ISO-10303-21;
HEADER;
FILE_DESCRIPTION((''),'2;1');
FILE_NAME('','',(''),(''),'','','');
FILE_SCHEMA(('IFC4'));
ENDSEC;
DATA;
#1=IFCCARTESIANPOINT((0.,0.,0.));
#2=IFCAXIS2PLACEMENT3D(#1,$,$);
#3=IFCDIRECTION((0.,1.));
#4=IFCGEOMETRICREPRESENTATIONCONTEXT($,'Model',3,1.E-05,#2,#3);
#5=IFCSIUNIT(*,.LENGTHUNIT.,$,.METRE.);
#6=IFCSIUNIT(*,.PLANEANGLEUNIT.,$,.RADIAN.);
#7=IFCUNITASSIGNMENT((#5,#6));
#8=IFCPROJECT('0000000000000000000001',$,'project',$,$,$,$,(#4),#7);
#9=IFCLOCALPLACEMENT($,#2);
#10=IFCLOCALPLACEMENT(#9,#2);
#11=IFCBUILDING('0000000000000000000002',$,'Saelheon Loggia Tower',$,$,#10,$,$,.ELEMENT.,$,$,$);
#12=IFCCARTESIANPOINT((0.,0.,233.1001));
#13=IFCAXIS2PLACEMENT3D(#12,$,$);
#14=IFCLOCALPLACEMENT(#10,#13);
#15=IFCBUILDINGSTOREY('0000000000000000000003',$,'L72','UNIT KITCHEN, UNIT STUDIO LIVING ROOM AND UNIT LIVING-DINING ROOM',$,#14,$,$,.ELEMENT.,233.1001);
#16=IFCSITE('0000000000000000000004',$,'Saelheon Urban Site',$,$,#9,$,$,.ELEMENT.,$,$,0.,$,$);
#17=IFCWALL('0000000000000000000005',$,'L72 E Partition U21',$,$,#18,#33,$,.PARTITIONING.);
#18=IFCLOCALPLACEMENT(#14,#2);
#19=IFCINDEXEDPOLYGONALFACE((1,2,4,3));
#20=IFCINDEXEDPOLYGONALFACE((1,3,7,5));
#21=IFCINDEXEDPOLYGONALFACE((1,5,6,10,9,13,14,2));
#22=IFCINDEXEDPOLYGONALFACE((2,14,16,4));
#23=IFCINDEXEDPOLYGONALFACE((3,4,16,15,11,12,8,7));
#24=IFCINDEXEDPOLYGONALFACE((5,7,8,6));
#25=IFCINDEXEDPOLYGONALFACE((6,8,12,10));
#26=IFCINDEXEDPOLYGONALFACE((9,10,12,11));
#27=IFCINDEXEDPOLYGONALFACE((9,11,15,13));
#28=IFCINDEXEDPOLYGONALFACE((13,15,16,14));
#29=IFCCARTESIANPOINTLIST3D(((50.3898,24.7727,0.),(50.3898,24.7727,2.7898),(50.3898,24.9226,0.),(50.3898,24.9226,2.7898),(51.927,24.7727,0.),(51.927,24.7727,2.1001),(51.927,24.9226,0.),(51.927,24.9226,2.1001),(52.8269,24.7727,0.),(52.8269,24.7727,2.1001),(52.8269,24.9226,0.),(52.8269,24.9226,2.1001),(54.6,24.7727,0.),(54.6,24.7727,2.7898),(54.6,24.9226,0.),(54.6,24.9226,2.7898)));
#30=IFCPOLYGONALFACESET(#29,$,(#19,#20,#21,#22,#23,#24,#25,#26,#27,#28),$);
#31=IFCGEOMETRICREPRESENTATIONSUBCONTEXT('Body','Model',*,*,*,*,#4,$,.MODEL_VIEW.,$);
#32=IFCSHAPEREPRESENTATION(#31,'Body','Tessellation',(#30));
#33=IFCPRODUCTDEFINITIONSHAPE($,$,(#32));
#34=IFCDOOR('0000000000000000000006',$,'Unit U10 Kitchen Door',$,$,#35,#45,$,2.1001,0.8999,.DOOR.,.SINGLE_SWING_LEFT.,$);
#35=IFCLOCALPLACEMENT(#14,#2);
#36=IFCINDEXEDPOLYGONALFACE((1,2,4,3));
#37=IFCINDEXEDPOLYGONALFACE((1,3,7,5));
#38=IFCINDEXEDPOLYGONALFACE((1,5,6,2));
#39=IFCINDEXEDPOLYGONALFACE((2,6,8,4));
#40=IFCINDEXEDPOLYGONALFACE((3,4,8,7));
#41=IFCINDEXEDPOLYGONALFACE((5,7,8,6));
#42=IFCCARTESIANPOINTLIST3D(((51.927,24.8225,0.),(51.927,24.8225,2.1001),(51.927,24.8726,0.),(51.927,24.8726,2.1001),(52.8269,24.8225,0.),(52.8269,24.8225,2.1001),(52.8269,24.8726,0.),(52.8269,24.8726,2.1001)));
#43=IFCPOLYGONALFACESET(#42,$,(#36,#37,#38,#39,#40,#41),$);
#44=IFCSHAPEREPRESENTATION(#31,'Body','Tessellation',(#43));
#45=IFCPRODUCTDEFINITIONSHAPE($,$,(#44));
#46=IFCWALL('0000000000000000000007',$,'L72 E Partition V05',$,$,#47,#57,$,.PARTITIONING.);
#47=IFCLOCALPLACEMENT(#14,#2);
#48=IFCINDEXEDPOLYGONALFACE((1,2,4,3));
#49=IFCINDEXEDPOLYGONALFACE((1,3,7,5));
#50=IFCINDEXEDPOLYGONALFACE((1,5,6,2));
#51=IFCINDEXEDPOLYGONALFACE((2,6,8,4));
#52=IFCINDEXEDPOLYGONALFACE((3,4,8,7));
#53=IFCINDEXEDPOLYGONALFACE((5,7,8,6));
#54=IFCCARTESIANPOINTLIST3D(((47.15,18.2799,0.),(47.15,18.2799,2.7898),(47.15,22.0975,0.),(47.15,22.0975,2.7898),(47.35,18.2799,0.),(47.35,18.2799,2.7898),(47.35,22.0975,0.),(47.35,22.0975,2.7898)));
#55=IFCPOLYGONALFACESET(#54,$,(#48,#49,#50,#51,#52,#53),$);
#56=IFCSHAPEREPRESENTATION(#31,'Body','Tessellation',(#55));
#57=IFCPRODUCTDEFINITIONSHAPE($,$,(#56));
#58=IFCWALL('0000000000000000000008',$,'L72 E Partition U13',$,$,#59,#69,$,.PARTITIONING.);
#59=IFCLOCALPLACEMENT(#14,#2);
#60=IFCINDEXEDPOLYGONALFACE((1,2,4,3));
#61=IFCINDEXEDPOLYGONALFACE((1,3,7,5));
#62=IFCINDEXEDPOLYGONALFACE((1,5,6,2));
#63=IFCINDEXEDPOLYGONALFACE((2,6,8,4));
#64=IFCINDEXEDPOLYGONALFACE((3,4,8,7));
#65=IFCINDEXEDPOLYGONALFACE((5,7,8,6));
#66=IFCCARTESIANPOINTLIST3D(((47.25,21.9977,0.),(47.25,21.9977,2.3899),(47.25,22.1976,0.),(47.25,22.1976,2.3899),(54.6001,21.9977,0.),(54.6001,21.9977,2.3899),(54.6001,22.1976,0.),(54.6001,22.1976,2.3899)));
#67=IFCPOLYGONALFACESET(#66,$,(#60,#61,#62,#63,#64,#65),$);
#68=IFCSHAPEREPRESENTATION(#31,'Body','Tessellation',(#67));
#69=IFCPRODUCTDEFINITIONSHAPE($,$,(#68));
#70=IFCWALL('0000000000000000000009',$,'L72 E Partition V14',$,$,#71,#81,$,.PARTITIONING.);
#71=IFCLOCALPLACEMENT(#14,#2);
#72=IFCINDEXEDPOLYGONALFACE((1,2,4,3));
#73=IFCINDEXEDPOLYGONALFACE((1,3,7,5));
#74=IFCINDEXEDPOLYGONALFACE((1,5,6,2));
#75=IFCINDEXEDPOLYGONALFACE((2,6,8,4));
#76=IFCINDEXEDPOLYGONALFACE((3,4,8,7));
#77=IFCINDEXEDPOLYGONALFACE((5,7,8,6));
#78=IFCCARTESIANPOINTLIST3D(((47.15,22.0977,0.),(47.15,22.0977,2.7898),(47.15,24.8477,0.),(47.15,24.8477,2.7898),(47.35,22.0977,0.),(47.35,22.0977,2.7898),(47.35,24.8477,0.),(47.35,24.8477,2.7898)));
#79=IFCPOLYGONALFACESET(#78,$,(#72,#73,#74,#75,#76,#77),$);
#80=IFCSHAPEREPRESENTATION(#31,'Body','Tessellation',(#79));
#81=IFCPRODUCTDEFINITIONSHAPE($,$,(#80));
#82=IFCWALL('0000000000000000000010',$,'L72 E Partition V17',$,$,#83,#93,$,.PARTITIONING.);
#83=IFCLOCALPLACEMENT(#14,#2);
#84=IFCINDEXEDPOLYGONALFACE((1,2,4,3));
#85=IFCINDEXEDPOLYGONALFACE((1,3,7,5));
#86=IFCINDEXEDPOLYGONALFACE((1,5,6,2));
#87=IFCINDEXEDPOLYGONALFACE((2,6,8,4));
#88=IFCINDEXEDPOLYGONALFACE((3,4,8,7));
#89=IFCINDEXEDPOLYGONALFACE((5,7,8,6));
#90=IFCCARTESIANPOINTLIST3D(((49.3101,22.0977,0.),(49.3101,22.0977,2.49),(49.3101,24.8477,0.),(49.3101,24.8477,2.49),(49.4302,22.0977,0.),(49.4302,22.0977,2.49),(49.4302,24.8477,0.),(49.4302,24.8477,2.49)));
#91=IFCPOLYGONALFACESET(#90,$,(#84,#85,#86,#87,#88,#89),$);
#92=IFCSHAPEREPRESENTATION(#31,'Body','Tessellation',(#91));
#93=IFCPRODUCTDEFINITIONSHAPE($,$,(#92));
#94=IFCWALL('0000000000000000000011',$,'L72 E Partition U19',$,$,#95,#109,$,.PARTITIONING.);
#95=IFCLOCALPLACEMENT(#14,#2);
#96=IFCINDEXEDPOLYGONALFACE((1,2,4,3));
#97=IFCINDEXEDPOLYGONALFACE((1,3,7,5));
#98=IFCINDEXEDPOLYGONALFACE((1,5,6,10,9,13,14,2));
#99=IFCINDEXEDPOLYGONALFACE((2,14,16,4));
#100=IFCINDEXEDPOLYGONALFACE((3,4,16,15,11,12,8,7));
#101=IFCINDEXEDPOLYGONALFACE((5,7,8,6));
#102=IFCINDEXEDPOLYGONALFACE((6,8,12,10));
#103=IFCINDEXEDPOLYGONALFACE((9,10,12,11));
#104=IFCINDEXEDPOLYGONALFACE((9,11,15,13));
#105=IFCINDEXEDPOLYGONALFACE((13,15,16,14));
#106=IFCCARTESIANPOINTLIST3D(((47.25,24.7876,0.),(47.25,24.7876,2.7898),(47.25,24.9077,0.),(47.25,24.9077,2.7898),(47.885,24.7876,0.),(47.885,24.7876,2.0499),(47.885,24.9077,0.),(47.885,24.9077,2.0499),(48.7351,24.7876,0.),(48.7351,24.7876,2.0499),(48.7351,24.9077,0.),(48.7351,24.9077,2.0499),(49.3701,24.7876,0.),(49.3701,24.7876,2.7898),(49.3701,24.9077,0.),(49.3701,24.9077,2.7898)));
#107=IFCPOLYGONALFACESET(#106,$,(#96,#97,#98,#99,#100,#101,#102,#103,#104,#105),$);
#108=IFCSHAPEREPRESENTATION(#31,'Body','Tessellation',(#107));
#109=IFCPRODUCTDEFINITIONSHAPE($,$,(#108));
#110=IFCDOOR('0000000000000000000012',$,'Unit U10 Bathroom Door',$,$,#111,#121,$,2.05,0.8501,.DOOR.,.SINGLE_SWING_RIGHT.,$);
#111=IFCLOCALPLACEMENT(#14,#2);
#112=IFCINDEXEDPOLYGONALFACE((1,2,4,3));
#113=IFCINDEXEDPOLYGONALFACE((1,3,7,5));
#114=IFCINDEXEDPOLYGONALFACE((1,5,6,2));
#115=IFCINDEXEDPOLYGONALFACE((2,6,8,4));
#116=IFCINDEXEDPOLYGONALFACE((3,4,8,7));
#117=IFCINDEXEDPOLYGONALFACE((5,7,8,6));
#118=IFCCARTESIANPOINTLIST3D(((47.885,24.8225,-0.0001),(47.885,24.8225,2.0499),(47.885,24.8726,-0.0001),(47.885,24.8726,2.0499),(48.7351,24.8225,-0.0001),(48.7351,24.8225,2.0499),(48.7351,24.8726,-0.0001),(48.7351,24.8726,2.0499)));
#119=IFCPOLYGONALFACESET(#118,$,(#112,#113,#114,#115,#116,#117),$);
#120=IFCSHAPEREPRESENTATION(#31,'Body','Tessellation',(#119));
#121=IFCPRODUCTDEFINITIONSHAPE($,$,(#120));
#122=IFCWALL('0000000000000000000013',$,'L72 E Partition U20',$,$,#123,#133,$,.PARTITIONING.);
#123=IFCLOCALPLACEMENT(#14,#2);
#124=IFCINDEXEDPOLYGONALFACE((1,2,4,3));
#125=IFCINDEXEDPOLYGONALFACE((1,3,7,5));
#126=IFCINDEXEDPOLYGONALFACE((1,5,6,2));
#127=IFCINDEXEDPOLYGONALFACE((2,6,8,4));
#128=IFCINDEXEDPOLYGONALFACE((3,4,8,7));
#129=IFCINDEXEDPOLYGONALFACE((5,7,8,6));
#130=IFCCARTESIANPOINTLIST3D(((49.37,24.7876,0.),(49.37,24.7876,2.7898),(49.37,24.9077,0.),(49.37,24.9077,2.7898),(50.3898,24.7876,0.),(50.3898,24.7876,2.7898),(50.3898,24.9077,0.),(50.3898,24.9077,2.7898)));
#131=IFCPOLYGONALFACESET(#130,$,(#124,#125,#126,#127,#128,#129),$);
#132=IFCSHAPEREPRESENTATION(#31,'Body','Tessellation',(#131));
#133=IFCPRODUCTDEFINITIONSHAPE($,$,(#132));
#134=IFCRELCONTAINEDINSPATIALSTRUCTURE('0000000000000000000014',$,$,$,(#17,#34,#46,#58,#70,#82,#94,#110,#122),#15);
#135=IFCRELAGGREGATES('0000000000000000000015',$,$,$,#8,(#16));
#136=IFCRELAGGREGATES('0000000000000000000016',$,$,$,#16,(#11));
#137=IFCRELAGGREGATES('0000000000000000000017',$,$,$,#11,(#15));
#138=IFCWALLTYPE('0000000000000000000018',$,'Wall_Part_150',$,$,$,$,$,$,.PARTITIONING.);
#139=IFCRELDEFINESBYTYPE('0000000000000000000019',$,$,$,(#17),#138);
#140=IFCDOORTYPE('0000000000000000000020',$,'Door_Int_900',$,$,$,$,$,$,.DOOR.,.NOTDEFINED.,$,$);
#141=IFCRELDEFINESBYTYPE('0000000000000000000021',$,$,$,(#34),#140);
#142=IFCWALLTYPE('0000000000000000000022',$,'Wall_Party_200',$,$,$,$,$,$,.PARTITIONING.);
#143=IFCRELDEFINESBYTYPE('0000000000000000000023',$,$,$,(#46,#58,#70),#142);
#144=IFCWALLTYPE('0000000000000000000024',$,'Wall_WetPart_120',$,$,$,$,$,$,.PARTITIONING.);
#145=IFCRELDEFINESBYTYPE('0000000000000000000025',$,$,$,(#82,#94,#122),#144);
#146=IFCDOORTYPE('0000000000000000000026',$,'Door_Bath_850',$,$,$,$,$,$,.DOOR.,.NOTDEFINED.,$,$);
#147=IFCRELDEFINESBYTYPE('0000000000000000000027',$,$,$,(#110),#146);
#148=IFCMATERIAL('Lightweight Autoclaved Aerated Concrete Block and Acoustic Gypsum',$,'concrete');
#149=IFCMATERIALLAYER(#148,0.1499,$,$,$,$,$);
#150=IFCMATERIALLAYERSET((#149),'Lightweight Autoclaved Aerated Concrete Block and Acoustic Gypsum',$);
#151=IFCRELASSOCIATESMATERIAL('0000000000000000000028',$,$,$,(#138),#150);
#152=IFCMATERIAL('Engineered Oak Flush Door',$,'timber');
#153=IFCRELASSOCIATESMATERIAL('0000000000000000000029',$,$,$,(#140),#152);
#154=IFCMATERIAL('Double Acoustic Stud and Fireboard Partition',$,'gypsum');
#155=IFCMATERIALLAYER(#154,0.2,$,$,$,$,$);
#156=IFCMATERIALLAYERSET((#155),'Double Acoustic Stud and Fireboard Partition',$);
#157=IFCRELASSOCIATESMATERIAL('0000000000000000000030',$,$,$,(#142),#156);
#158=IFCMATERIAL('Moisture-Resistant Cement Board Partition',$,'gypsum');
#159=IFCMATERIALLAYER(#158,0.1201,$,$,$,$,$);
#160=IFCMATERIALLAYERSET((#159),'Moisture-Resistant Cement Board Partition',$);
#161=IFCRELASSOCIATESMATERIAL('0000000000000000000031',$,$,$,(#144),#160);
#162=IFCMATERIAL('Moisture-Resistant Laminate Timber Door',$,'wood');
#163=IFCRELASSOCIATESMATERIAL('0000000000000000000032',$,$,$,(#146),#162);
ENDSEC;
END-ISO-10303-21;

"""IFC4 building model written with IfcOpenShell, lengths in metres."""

from ifc_helpers import new_model, si_unit, direction, frame, frame_2d, origin, place, context, subcontext, project, spatial, rectangle, extrude, source, transform, mapped, material, layer, layer_set, type_object, element, fill, save


model = new_model("IFC4")

# Units and contexts
model_context = context("Model", 3, precision=1e-05, world=origin(), true_north=direction((0.0, 1.0)))
body_context = subcontext(model_context, "Body", "Model", "MODEL_VIEW")
ifc_project = project(units=[si_unit("LENGTHUNIT", "METRE"), si_unit("PLANEANGLEUNIT", "RADIAN")], contexts=[model_context])

# Site, building, storey
site_placement = place(None, origin())
site = spatial("IfcSite", under=ifc_project, at=site_placement, Name="Saelheon Urban Site", CompositionType="ELEMENT", RefElevation=0.0)
building_placement = place(site_placement, origin())
building = spatial("IfcBuilding", under=site, at=building_placement, Name="Saelheon Loggia Tower", CompositionType="ELEMENT")
storey_placement = place(building_placement, frame((0.0, 0.0, 233.1001)))
storey = spatial("IfcBuildingStorey", under=building, at=storey_placement, Name="L72", Description="UNIT KITCHEN, UNIT STUDIO LIVING ROOM AND UNIT LIVING-DINING ROOM", CompositionType="ELEMENT", Elevation=233.1001)

# Shared definitions
ifc_material_1 = material(Name="Lightweight Autoclaved Aerated Concrete Block and Acoustic Gypsum", Category="concrete")
ifc_layer_1 = layer(ifc_material_1, 0.1499)
ifc_layer_set_1 = layer_set([ifc_layer_1], Name="Lightweight Autoclaved Aerated Concrete Block and Acoustic Gypsum")
wall_type_1 = type_object("IfcWallType", Name="Wall_Part_150", PredefinedType="PARTITIONING", material=ifc_layer_set_1)

# Wall, opening, door
ifc_material_2 = material(Name="Engineered Oak Flush Door", Category="timber")
door_type_1 = type_object("IfcDoorType", Name="Door_Int_900", OperationType="NOTDEFINED", PredefinedType="DOOR", material=ifc_material_2)
shared_shape_1 = source(origin(), body_context, "Body", "SweptSolid", [
    extrude(rectangle(XDim=0.8999, YDim=2.1001, at=frame_2d((0.45, 1.05))), frame((0.0, 0.0249, 0.0), z_axis=(0.0, -1.0, 0.0), x_axis=(1.0, 0.0, 0.0)), (0.0, 0.0, 1.0), 0.05),
])
wall_1_placement = place(storey_placement, frame((50.3899, 24.8477, 0.0), z_axis=(0.0, 0.0, 1.0), x_axis=(1.0, 0.0, 0.0)))
wall_1 = element("IfcWall", 1, at=wall_1_placement, inside=storey, type_object=wall_type_1, Name="L72 E Partition U21", PredefinedType="PARTITIONING", context=body_context, shape_type="SweptSolid", body=[
    extrude(rectangle(XDim=4.2102, YDim=0.1499, at=frame_2d((2.105, 0.0))), origin(), (0.0, 0.0, 1.0), 2.7898),
])
opening_1_placement = place(wall_1_placement, frame((1.5371, 0.0, 0.0)))
opening_1 = element("IfcOpeningElement", 2, at=opening_1_placement, cuts=wall_1, PredefinedType="OPENING", context=body_context, shape_type="SweptSolid", body=[
    extrude(rectangle(XDim=0.8999, YDim=2.1001, at=frame_2d((0.45, 1.05))), frame((0.0, 0.0869, 0.0), z_axis=(0.0, -1.0, 0.0), x_axis=(1.0, 0.0, 0.0)), (0.0, 0.0, 1.0), 0.1738),
])
door_1_placement = place(opening_1_placement, origin())
door_1 = element("IfcDoor", 3, at=door_1_placement, inside=storey, type_object=door_type_1, Name="Unit U10 Kitchen Door", OperationType="SINGLE_SWING_LEFT", OverallHeight=2.1001, OverallWidth=0.8999, PredefinedType="DOOR", context=body_context, shape_type="MappedRepresentation", body=[
    mapped(shared_shape_1, transform((0.0, 0.0, 0.0), scale=1.0)),
])
fill(opening_1, door_1)

# Walls
ifc_material_3 = material(Name="Double Acoustic Stud and Fireboard Partition", Category="gypsum")
ifc_layer_2 = layer(ifc_material_3, 0.2)
ifc_layer_set_2 = layer_set([ifc_layer_2], Name="Double Acoustic Stud and Fireboard Partition")
wall_type_2 = type_object("IfcWallType", Name="Wall_Party_200", PredefinedType="PARTITIONING", material=ifc_layer_set_2)
wall_2_placement = place(storey_placement, frame((47.25, 18.28, 0.0), z_axis=(0.0, 0.0, 1.0), x_axis=(0.0, 1.0, 0.0)))
element("IfcWall", 4, at=wall_2_placement, inside=storey, type_object=wall_type_2, Name="L72 E Partition V05", PredefinedType="PARTITIONING", context=body_context, shape_type="SweptSolid", body=[
    extrude(rectangle(XDim=3.8176, YDim=0.2, at=frame_2d((1.9087, 0.0))), origin(), (0.0, 0.0, 1.0), 2.7898),
])
wall_3_placement = place(storey_placement, frame((47.25, 22.0977, 0.0), z_axis=(0.0, 0.0, 1.0), x_axis=(1.0, 0.0, 0.0)))
element("IfcWall", 5, at=wall_3_placement, inside=storey, type_object=wall_type_2, Name="L72 E Partition U13", PredefinedType="PARTITIONING", context=body_context, shape_type="SweptSolid", body=[
    extrude(rectangle(XDim=7.3501, YDim=0.2, at=frame_2d((3.675, 0.0))), origin(), (0.0, 0.0, 1.0), 2.3899),
])
wall_4_placement = place(storey_placement, frame((47.25, 22.0977, 0.0), z_axis=(0.0, 0.0, 1.0), x_axis=(0.0, 1.0, 0.0)))
element("IfcWall", 6, at=wall_4_placement, inside=storey, type_object=wall_type_2, Name="L72 E Partition V14", PredefinedType="PARTITIONING", context=body_context, shape_type="SweptSolid", body=[
    extrude(rectangle(XDim=2.75, YDim=0.2, at=frame_2d((1.375, 0.0))), origin(), (0.0, 0.0, 1.0), 2.7898),
])

# Wall
ifc_material_4 = material(Name="Moisture-Resistant Cement Board Partition", Category="gypsum")
ifc_layer_3 = layer(ifc_material_4, 0.1201)
ifc_layer_set_3 = layer_set([ifc_layer_3], Name="Moisture-Resistant Cement Board Partition")
wall_type_3 = type_object("IfcWallType", Name="Wall_WetPart_120", PredefinedType="PARTITIONING", material=ifc_layer_set_3)
wall_5_placement = place(storey_placement, frame((49.3701, 22.0977, 0.0), z_axis=(0.0, 0.0, 1.0), x_axis=(0.0, 1.0, 0.0)))
element("IfcWall", 7, at=wall_5_placement, inside=storey, type_object=wall_type_3, Name="L72 E Partition V17", PredefinedType="PARTITIONING", context=body_context, shape_type="SweptSolid", body=[
    extrude(rectangle(XDim=2.75, YDim=0.1201, at=frame_2d((1.375, 0.0))), origin(), (0.0, 0.0, 1.0), 2.49),
])

# Wall, opening, door
wall_6_placement = place(storey_placement, frame((47.25, 24.8477, 0.0), z_axis=(0.0, 0.0, 1.0), x_axis=(1.0, 0.0, 0.0)))
wall_6 = element("IfcWall", 8, at=wall_6_placement, inside=storey, type_object=wall_type_3, Name="L72 E Partition U19", PredefinedType="PARTITIONING", context=body_context, shape_type="SweptSolid", body=[
    extrude(rectangle(XDim=2.1201, YDim=0.1201, at=frame_2d((1.0601, 0.0))), origin(), (0.0, 0.0, 1.0), 2.7898),
])
opening_2_placement = place(wall_6_placement, frame((0.635, 0.0, 0.0)))
opening_2 = element("IfcOpeningElement", 9, at=opening_2_placement, cuts=wall_6, PredefinedType="OPENING", context=body_context, shape_type="SweptSolid", body=[
    extrude(rectangle(XDim=0.8501, YDim=2.05, at=frame_2d((0.425, 1.0249))), frame((0.0, 0.072, 0.0), z_axis=(0.0, -1.0, 0.0), x_axis=(1.0, 0.0, 0.0)), (0.0, 0.0, 1.0), 0.144),
])
ifc_material_5 = material(Name="Moisture-Resistant Laminate Timber Door", Category="wood")
door_type_2 = type_object("IfcDoorType", Name="Door_Bath_850", OperationType="NOTDEFINED", PredefinedType="DOOR", material=ifc_material_5)
shared_shape_2 = source(origin(), body_context, "Body", "SweptSolid", [
    extrude(rectangle(XDim=0.8501, YDim=2.05, at=frame_2d((0.425, 1.0249))), frame((0.0, 0.0249, 0.0), z_axis=(0.0, -1.0, 0.0), x_axis=(1.0, 0.0, 0.0)), (0.0, 0.0, 1.0), 0.05),
])
door_2_placement = place(opening_2_placement, origin())
door_2 = element("IfcDoor", 10, at=door_2_placement, inside=storey, type_object=door_type_2, Name="Unit U10 Bathroom Door", OperationType="SINGLE_SWING_RIGHT", OverallHeight=2.05, OverallWidth=0.8501, PredefinedType="DOOR", context=body_context, shape_type="MappedRepresentation", body=[
    mapped(shared_shape_2, transform((0.0, 0.0, 0.0), scale=1.0)),
])
fill(opening_2, door_2)

# Wall
wall_7_placement = place(storey_placement, frame((49.3701, 24.8477, 0.0), z_axis=(0.0, 0.0, 1.0), x_axis=(1.0, 0.0, 0.0)))
element("IfcWall", 11, at=wall_7_placement, inside=storey, type_object=wall_type_3, Name="L72 E Partition U20", PredefinedType="PARTITIONING", context=body_context, shape_type="SweptSolid", body=[
    extrude(rectangle(XDim=1.0198, YDim=0.1201, at=frame_2d((0.5098, 0.0))), origin(), (0.0, 0.0, 1.0), 2.7898),
])

save(model, "model.ifc")
